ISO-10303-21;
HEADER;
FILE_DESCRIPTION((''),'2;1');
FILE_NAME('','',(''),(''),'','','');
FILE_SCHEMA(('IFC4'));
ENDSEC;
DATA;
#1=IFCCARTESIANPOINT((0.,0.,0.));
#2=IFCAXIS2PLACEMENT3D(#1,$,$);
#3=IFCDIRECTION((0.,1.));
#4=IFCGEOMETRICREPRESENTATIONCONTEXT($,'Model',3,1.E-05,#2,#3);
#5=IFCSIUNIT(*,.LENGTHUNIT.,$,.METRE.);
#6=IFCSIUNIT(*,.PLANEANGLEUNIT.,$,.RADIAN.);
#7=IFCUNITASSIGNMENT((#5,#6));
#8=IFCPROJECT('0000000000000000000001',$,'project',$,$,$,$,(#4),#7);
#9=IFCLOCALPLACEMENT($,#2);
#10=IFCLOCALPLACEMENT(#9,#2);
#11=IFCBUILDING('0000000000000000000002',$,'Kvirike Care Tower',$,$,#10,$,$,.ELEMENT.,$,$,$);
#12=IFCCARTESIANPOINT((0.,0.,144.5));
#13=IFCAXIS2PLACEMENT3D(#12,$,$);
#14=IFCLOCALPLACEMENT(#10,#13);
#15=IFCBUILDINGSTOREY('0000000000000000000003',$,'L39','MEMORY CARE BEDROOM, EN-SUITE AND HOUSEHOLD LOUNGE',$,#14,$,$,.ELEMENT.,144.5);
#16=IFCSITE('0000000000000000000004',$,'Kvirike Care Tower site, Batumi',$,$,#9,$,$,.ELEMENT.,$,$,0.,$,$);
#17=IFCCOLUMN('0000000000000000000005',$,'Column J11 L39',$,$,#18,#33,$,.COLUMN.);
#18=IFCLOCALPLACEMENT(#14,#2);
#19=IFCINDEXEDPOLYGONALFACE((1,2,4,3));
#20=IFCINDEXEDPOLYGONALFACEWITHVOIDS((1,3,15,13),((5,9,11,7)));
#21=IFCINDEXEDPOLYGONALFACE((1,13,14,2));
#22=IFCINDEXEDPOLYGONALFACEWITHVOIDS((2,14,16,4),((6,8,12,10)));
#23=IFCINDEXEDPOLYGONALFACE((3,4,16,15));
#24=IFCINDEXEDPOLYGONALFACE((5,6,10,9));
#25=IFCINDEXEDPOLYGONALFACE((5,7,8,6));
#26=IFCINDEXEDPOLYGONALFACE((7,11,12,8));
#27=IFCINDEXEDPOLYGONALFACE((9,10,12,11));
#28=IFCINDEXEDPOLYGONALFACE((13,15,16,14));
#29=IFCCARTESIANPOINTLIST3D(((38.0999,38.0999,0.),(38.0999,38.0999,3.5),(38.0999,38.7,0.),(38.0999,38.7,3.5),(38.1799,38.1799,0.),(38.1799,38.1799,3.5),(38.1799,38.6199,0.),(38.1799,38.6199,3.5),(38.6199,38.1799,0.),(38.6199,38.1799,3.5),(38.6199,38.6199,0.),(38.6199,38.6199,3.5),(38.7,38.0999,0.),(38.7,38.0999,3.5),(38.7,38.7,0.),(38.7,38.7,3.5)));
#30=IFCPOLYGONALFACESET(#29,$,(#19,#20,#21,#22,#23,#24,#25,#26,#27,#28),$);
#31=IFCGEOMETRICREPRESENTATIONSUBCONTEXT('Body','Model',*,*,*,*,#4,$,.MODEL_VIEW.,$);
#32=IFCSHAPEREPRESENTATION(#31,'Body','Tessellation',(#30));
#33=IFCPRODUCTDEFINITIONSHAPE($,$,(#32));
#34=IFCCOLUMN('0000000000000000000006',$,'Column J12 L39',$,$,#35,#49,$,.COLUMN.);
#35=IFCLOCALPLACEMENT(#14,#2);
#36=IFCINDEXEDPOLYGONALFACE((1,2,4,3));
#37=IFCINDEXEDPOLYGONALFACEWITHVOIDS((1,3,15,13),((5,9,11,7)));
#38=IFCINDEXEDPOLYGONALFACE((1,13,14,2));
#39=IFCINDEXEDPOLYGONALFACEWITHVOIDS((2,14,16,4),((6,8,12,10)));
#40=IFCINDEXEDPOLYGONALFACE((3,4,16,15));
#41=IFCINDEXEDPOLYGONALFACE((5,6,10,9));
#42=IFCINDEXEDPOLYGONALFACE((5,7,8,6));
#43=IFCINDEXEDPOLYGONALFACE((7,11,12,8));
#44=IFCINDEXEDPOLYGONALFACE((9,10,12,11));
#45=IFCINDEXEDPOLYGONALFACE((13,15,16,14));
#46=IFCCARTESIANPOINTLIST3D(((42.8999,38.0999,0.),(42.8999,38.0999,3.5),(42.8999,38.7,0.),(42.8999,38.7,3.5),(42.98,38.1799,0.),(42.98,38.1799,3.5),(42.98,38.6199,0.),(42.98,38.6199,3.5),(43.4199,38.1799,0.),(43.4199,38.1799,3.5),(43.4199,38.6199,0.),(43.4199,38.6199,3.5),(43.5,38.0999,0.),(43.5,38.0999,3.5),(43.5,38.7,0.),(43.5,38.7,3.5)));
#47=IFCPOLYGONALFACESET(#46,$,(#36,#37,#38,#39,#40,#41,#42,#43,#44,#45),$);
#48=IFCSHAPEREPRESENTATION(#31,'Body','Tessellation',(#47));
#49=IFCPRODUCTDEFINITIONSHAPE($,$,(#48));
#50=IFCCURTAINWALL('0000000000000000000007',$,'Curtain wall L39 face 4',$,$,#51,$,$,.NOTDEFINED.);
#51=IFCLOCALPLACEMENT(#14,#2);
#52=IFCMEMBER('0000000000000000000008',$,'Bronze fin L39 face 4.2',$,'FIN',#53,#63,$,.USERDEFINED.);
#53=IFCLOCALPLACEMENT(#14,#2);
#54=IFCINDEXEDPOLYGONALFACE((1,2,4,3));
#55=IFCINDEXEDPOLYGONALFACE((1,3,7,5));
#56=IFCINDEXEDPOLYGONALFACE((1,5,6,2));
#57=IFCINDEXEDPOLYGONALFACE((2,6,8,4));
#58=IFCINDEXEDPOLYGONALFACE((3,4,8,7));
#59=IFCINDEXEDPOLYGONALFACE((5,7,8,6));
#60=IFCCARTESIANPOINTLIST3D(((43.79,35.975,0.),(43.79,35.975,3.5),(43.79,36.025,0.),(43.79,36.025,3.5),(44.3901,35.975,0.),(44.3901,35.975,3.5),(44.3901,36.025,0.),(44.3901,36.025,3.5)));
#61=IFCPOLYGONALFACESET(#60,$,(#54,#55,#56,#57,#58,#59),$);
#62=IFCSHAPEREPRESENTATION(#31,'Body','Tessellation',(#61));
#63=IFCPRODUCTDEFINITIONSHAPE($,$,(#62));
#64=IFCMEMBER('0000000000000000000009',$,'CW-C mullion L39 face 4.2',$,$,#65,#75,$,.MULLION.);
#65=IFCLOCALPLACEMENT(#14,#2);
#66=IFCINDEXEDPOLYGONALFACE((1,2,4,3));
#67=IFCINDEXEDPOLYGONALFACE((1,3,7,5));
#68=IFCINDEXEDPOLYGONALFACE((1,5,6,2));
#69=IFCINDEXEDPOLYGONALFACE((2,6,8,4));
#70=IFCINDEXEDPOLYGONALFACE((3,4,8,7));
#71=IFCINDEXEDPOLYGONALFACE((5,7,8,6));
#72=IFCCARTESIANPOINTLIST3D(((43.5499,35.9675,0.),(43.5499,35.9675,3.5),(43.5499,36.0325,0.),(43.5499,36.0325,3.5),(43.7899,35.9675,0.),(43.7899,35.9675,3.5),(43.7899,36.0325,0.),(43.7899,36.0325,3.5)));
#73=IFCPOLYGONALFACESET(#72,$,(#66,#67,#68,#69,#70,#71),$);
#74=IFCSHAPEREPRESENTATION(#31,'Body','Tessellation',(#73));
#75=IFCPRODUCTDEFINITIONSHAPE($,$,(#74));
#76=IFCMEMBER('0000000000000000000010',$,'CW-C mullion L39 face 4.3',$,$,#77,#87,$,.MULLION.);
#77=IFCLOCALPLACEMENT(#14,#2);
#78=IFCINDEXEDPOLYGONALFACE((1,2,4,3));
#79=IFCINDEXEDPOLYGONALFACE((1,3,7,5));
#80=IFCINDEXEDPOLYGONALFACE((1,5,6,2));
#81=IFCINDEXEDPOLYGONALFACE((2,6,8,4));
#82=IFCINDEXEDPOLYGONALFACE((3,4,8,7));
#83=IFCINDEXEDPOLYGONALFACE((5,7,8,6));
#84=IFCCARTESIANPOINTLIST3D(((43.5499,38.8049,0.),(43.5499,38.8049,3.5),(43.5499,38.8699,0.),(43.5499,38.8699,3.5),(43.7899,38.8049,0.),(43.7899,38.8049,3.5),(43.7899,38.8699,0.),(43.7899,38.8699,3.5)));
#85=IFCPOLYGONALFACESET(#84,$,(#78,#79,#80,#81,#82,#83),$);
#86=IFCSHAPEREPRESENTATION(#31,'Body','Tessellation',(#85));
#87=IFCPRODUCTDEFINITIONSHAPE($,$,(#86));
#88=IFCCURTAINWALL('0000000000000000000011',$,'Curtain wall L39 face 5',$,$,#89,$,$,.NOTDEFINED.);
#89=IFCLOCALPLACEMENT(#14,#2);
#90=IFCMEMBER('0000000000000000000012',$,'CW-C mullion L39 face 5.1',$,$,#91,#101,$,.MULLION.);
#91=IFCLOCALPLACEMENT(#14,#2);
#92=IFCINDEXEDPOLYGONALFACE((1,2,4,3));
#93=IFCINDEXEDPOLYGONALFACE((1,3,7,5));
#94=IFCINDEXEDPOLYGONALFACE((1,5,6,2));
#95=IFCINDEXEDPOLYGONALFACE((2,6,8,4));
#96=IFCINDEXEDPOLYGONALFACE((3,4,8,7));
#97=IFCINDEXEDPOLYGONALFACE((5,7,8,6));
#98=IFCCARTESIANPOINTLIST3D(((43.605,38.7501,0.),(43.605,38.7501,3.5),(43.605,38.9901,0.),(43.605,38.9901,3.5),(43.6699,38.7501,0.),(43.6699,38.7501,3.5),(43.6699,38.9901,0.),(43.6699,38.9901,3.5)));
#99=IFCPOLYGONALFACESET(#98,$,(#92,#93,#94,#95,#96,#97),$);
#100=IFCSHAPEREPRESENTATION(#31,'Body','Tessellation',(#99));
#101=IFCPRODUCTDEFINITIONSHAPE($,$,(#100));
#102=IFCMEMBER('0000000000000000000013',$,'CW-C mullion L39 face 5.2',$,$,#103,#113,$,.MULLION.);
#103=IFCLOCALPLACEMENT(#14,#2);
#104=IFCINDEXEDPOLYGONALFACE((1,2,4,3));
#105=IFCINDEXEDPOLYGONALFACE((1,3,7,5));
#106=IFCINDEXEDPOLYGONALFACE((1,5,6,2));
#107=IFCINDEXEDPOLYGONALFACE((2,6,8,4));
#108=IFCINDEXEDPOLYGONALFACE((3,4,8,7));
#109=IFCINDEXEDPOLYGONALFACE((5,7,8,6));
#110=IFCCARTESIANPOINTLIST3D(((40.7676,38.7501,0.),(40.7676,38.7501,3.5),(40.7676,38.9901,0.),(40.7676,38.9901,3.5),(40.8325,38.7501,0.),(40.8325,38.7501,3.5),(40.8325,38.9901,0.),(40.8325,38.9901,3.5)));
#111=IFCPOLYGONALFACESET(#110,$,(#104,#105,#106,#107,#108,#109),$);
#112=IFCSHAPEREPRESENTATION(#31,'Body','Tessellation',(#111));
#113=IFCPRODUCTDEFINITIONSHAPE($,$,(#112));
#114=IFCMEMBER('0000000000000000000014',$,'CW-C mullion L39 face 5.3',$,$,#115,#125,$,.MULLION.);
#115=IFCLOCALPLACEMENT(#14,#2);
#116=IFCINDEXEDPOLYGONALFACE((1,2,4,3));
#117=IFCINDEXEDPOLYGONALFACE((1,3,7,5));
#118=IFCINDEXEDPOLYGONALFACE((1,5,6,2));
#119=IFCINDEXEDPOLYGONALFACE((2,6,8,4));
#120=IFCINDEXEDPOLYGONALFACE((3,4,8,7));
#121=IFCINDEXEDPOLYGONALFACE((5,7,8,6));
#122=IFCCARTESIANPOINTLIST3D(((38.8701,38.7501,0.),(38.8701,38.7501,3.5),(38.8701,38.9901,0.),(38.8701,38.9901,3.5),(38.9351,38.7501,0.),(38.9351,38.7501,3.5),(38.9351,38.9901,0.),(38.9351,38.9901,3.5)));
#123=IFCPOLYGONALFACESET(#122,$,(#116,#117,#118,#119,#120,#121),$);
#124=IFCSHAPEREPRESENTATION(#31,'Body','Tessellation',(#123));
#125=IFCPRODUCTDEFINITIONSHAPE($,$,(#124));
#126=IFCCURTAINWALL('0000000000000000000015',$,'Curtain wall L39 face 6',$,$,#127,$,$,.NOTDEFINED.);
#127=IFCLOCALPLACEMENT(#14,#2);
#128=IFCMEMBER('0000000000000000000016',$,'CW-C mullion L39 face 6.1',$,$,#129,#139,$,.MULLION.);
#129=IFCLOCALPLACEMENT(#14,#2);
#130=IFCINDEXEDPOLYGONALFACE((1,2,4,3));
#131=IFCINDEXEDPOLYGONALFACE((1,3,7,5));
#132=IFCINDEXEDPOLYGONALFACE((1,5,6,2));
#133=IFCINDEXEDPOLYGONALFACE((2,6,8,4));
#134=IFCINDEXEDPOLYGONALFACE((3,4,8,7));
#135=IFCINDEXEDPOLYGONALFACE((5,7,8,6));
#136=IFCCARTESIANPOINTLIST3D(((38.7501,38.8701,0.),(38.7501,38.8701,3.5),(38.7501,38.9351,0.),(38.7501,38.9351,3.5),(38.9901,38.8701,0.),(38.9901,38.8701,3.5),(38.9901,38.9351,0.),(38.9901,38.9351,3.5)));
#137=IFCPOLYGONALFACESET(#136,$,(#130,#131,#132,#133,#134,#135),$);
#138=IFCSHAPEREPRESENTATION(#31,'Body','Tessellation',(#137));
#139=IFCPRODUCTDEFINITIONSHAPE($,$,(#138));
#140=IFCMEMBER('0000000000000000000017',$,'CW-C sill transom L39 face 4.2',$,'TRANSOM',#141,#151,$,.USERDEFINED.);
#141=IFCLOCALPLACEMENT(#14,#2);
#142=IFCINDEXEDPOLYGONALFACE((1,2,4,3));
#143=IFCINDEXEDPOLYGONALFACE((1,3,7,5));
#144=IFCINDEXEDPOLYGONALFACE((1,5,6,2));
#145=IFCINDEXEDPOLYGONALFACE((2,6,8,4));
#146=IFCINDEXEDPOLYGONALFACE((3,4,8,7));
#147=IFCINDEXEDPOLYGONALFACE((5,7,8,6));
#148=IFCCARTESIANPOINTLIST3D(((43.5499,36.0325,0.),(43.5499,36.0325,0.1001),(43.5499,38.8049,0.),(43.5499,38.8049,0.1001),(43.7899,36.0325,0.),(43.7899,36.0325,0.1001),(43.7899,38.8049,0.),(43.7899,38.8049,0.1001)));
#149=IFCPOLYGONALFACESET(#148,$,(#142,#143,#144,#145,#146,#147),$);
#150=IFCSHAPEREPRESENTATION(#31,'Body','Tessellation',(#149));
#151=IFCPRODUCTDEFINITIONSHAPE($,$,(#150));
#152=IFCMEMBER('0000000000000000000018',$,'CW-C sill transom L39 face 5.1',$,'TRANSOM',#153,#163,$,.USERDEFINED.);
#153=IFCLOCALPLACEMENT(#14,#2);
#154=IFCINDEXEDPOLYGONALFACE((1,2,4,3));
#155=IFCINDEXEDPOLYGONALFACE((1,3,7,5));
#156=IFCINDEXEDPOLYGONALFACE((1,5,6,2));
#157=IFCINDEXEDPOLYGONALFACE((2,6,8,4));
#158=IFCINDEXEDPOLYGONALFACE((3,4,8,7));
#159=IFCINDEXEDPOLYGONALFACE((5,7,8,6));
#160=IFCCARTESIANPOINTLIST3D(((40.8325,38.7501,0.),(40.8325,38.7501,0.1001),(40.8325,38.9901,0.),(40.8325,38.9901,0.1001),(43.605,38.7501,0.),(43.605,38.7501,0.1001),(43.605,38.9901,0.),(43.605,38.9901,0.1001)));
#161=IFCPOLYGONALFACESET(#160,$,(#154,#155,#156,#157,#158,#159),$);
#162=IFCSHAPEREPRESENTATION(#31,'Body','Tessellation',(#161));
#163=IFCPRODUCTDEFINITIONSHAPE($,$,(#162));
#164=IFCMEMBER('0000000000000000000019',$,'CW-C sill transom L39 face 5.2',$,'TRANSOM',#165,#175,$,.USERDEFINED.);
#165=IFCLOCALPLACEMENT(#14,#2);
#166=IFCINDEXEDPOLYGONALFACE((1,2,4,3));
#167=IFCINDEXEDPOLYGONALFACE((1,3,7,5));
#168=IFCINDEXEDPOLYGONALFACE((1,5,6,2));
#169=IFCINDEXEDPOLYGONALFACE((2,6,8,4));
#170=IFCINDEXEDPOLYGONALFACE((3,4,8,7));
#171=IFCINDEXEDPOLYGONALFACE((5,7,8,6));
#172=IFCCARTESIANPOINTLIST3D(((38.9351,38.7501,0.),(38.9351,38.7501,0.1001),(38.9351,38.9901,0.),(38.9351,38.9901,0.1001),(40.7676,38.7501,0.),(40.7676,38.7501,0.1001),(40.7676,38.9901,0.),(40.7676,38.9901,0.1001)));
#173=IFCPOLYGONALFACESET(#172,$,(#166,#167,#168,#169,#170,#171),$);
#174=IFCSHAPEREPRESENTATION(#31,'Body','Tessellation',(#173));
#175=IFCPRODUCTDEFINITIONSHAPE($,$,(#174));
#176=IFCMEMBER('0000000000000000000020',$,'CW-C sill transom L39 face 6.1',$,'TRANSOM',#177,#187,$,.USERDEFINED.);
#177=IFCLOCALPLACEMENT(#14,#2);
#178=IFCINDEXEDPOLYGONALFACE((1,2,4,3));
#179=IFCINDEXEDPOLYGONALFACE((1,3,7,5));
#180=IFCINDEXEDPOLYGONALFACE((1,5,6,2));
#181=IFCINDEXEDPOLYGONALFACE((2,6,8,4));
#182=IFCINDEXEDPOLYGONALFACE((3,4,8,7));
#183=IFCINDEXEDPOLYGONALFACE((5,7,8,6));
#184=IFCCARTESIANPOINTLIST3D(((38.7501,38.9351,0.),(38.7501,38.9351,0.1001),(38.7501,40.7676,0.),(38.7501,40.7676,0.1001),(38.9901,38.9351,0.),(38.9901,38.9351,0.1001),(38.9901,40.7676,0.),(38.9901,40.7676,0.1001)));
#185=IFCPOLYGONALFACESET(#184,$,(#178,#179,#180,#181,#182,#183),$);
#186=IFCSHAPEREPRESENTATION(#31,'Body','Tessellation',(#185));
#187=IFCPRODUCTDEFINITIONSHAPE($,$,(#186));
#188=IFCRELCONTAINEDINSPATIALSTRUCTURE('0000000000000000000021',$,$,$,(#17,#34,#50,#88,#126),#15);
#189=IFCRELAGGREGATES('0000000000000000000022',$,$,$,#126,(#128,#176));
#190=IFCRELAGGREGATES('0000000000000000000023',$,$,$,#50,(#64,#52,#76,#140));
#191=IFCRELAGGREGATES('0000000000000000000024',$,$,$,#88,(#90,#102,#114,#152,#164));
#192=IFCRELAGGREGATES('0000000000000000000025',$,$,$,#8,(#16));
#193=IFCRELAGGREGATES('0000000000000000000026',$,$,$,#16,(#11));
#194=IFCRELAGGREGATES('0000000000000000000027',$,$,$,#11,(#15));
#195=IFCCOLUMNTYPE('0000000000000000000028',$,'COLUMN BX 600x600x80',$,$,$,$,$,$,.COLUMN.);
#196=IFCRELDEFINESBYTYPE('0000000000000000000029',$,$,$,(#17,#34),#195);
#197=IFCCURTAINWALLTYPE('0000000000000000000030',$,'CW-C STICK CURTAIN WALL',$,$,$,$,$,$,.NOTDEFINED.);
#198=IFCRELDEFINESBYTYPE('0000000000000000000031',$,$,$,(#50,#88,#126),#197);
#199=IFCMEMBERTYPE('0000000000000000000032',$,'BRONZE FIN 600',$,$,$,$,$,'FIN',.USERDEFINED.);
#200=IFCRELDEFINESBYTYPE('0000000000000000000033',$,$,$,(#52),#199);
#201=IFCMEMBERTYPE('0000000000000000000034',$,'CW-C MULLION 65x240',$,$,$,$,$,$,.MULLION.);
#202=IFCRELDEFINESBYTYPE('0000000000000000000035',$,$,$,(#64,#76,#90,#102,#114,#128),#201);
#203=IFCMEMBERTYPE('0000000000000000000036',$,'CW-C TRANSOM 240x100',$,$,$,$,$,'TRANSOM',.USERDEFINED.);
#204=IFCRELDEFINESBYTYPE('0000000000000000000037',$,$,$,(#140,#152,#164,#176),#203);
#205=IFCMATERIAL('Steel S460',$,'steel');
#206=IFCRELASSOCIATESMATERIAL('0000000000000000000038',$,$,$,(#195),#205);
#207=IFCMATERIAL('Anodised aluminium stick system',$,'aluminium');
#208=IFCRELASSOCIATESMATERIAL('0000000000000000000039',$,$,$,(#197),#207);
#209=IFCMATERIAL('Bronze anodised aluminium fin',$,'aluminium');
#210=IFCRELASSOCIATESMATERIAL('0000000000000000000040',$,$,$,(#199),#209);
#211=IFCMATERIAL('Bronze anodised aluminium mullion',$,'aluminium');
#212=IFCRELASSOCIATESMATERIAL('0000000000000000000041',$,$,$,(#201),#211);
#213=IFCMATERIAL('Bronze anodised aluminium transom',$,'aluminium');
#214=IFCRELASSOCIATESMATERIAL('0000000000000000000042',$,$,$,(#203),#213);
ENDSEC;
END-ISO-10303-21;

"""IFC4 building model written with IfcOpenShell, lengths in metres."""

from ifc_helpers import new_model, si_unit, direction, frame, origin, origin_2d, place, context, subcontext, project, spatial, rectangle, hollow_rectangle, extrude, material, material_profile, profile_set, type_object, element, aggregate, save


model = new_model("IFC4")

# Units and contexts
model_context = context("Model", 3, precision=1e-05, world=origin(), true_north=direction((0.0, 1.0)))
body_context = subcontext(model_context, "Body", "Model", "MODEL_VIEW")
ifc_project = project(units=[si_unit("LENGTHUNIT", "METRE"), si_unit("PLANEANGLEUNIT", "RADIAN")], contexts=[model_context])

# Site, building, storey
site_placement = place(None, origin())
site = spatial("IfcSite", under=ifc_project, at=site_placement, Name="Kvirike Care Tower site, Batumi", CompositionType="ELEMENT", RefElevation=0.0)
building_placement = place(site_placement, origin())
building = spatial("IfcBuilding", under=site, at=building_placement, Name="Kvirike Care Tower", CompositionType="ELEMENT")
storey_placement = place(building_placement, frame((0.0, 0.0, 144.5)))
storey = spatial("IfcBuildingStorey", under=building, at=storey_placement, Name="L39", Description="MEMORY CARE BEDROOM, EN-SUITE AND HOUSEHOLD LOUNGE", CompositionType="ELEMENT", Elevation=144.5)

# Columns
ifc_material_1 = material(Name="Steel S460", Category="steel")
ifc_material_profile_1 = material_profile(ifc_material_1, hollow_rectangle(XDim=0.6001, YDim=0.6001, WallThickness=0.0801, at=origin_2d()), Name="BX 600x600x80")
ifc_profile_set_1 = profile_set([ifc_material_profile_1], Name="Steel S460")
column_type = type_object("IfcColumnType", Name="COLUMN BX 600x600x80", PredefinedType="COLUMN", material=ifc_profile_set_1)
for number, where, z_axis, x_axis, name in (
    (1, (38.3999, 38.3999, 0.0), (0.0, 0.0, 1.0), (0.0, 1.0, 0.0), "Column J11 L39"),
    (2, (43.2, 38.3999, 0.0), (0.0, 0.0, 1.0), (0.0, 1.0, 0.0), "Column J12 L39"),
):
    element("IfcColumn", number, at=place(storey_placement, frame(where, z_axis=z_axis, x_axis=x_axis)), inside=storey, type_object=column_type, Name=name, PredefinedType="COLUMN", context=body_context, shape_type="SweptSolid", body=[
        extrude(hollow_rectangle(XDim=0.6001, YDim=0.6001, WallThickness=0.0801, at=origin_2d()), origin(), (0.0, 0.0, 1.0), 3.5),
    ])

# Curtain walls, members
ifc_material_2 = material(Name="Anodised aluminium stick system", Category="aluminium")
curtain_wall_type = type_object("IfcCurtainWallType", Name="CW-C STICK CURTAIN WALL", PredefinedType="NOTDEFINED", material=ifc_material_2)
curtain_wall_1_placement = place(storey_placement, origin())
curtain_wall_1 = element("IfcCurtainWall", 3, at=curtain_wall_1_placement, inside=storey, type_object=curtain_wall_type, Name="Curtain wall L39 face 4", PredefinedType="NOTDEFINED")
ifc_material_3 = material(Name="Bronze anodised aluminium fin", Category="aluminium")
ifc_material_profile_2 = material_profile(ifc_material_3, rectangle(XDim=0.05, YDim=0.6001, at=origin_2d()), Name="BRONZE FIN 600")
ifc_profile_set_2 = profile_set([ifc_material_profile_2], Name="Bronze anodised aluminium fin")
member_type_1 = type_object("IfcMemberType", Name="BRONZE FIN 600", ElementType="FIN", PredefinedType="USERDEFINED", material=ifc_profile_set_2)
member_1_placement = place(storey_placement, frame((44.0901, 36.0, 0.0), z_axis=(0.0, 0.0, 1.0), x_axis=(0.0, 1.0, 0.0)))
member_1 = element("IfcMember", 4, at=member_1_placement, type_object=member_type_1, Name="Bronze fin L39 face 4.2", ObjectType="FIN", PredefinedType="USERDEFINED", context=body_context, shape_type="SweptSolid", body=[
    extrude(rectangle(XDim=0.05, YDim=0.6001, at=origin_2d()), origin(), (0.0, 0.0, 1.0), 3.5),
])
ifc_material_4 = material(Name="Bronze anodised aluminium mullion", Category="aluminium")
ifc_material_profile_3 = material_profile(ifc_material_4, rectangle(XDim=0.0649, YDim=0.24, at=origin_2d()), Name="CW-C MULLION 65x240")
ifc_profile_set_3 = profile_set([ifc_material_profile_3], Name="Bronze anodised aluminium mullion")
member_type_2 = type_object("IfcMemberType", Name="CW-C MULLION 65x240", PredefinedType="MULLION", material=ifc_profile_set_3)
member_2_placement = place(storey_placement, frame((43.6699, 36.0, 0.0), z_axis=(0.0, 0.0, 1.0), x_axis=(0.0, 1.0, 0.0)))
member_2 = element("IfcMember", 5, at=member_2_placement, type_object=member_type_2, Name="CW-C mullion L39 face 4.2", PredefinedType="MULLION", context=body_context, shape_type="SweptSolid", body=[
    extrude(rectangle(XDim=0.0649, YDim=0.24, at=origin_2d()), origin(), (0.0, 0.0, 1.0), 3.5),
])
member_3_placement = place(storey_placement, frame((43.6699, 38.8374, 0.0), z_axis=(0.0, 0.0, 1.0), x_axis=(0.0, 1.0, 0.0)))
member_3 = element("IfcMember", 6, at=member_3_placement, type_object=member_type_2, Name="CW-C mullion L39 face 4.3", PredefinedType="MULLION", context=body_context, shape_type="SweptSolid", body=[
    extrude(rectangle(XDim=0.0649, YDim=0.24, at=origin_2d()), origin(), (0.0, 0.0, 1.0), 3.5),
])
curtain_wall_2_placement = place(storey_placement, origin())
curtain_wall_2 = element("IfcCurtainWall", 7, at=curtain_wall_2_placement, inside=storey, type_object=curtain_wall_type, Name="Curtain wall L39 face 5", PredefinedType="NOTDEFINED")
member_4_placement = place(storey_placement, frame((43.6375, 38.8701, 0.0), z_axis=(0.0, 0.0, 1.0), x_axis=(-1.0, 0.0, 0.0)))
member_4 = element("IfcMember", 8, at=member_4_placement, type_object=member_type_2, Name="CW-C mullion L39 face 5.1", PredefinedType="MULLION", context=body_context, shape_type="SweptSolid", body=[
    extrude(rectangle(XDim=0.0649, YDim=0.24, at=origin_2d()), origin(), (0.0, 0.0, 1.0), 3.5),
])
member_5_placement = place(storey_placement, frame((40.8, 38.8701, 0.0), z_axis=(0.0, 0.0, 1.0), x_axis=(-1.0, 0.0, 0.0)))
member_5 = element("IfcMember", 9, at=member_5_placement, type_object=member_type_2, Name="CW-C mullion L39 face 5.2", PredefinedType="MULLION", context=body_context, shape_type="SweptSolid", body=[
    extrude(rectangle(XDim=0.0649, YDim=0.24, at=origin_2d()), origin(), (0.0, 0.0, 1.0), 3.5),
])
member_6_placement = place(storey_placement, frame((38.9026, 38.8701, 0.0), z_axis=(0.0, 0.0, 1.0), x_axis=(-1.0, 0.0, 0.0)))
member_6 = element("IfcMember", 10, at=member_6_placement, type_object=member_type_2, Name="CW-C mullion L39 face 5.3", PredefinedType="MULLION", context=body_context, shape_type="SweptSolid", body=[
    extrude(rectangle(XDim=0.0649, YDim=0.24, at=origin_2d()), origin(), (0.0, 0.0, 1.0), 3.5),
])

# Curtain wall, member
curtain_wall_3_placement = place(storey_placement, origin())
curtain_wall_3 = element("IfcCurtainWall", 11, at=curtain_wall_3_placement, inside=storey, type_object=curtain_wall_type, Name="Curtain wall L39 face 6", PredefinedType="NOTDEFINED")
member_7_placement = place(storey_placement, frame((38.8701, 38.9026, 0.0), z_axis=(0.0, 0.0, 1.0), x_axis=(0.0, 1.0, 0.0)))
member_7 = element("IfcMember", 12, at=member_7_placement, type_object=member_type_2, Name="CW-C mullion L39 face 6.1", PredefinedType="MULLION", context=body_context, shape_type="SweptSolid", body=[
    extrude(rectangle(XDim=0.0649, YDim=0.24, at=origin_2d()), origin(), (0.0, 0.0, 1.0), 3.5),
])

# Members
ifc_material_5 = material(Name="Bronze anodised aluminium transom", Category="aluminium")
ifc_material_profile_4 = material_profile(ifc_material_5, rectangle(XDim=0.24, YDim=0.1001, at=origin_2d()), Name="CW-C TRANSOM 240x100")
ifc_profile_set_4 = profile_set([ifc_material_profile_4], Name="Bronze anodised aluminium transom")
member_type_3 = type_object("IfcMemberType", Name="CW-C TRANSOM 240x100", ElementType="TRANSOM", PredefinedType="USERDEFINED", material=ifc_profile_set_4)
member_8_placement = place(storey_placement, frame((43.6699, 36.0325, 0.05), z_axis=(0.0, 1.0, 0.0), x_axis=(-1.0, 0.0, 0.0)))
member_8 = element("IfcMember", 13, at=member_8_placement, type_object=member_type_3, Name="CW-C sill transom L39 face 4.2", ObjectType="TRANSOM", PredefinedType="USERDEFINED", context=body_context, shape_type="SweptSolid", body=[
    extrude(rectangle(XDim=0.24, YDim=0.1001, at=origin_2d()), origin(), (0.0, 0.0, 1.0), 2.7725),
])
member_9_placement = place(storey_placement, frame((43.605, 38.8701, 0.05), z_axis=(-1.0, 0.0, 0.0), x_axis=(0.0, -1.0, 0.0)))
member_9 = element("IfcMember", 14, at=member_9_placement, type_object=member_type_3, Name="CW-C sill transom L39 face 5.1", ObjectType="TRANSOM", PredefinedType="USERDEFINED", context=body_context, shape_type="SweptSolid", body=[
    extrude(rectangle(XDim=0.24, YDim=0.1001, at=origin_2d()), origin(), (0.0, 0.0, 1.0), 2.7725),
])
member_10_placement = place(storey_placement, frame((40.7676, 38.8701, 0.05), z_axis=(-1.0, 0.0, 0.0), x_axis=(0.0, -1.0, 0.0)))
member_10 = element("IfcMember", 15, at=member_10_placement, type_object=member_type_3, Name="CW-C sill transom L39 face 5.2", ObjectType="TRANSOM", PredefinedType="USERDEFINED", context=body_context, shape_type="SweptSolid", body=[
    extrude(rectangle(XDim=0.24, YDim=0.1001, at=origin_2d()), origin(), (0.0, 0.0, 1.0), 1.8325),
])
member_11_placement = place(storey_placement, frame((38.8701, 38.9351, 0.05), z_axis=(0.0, 1.0, 0.0), x_axis=(-1.0, 0.0, 0.0)))
member_11 = element("IfcMember", 16, at=member_11_placement, type_object=member_type_3, Name="CW-C sill transom L39 face 6.1", ObjectType="TRANSOM", PredefinedType="USERDEFINED", context=body_context, shape_type="SweptSolid", body=[
    extrude(rectangle(XDim=0.24, YDim=0.1001, at=origin_2d()), origin(), (0.0, 0.0, 1.0), 1.8325),
])
aggregate(curtain_wall_3, [member_7, member_11])

aggregate(curtain_wall_1, [member_2, member_1, member_3, member_8])
aggregate(curtain_wall_2, [member_4, member_5, member_6, member_9, member_10])

save(model, "model.ifc")
